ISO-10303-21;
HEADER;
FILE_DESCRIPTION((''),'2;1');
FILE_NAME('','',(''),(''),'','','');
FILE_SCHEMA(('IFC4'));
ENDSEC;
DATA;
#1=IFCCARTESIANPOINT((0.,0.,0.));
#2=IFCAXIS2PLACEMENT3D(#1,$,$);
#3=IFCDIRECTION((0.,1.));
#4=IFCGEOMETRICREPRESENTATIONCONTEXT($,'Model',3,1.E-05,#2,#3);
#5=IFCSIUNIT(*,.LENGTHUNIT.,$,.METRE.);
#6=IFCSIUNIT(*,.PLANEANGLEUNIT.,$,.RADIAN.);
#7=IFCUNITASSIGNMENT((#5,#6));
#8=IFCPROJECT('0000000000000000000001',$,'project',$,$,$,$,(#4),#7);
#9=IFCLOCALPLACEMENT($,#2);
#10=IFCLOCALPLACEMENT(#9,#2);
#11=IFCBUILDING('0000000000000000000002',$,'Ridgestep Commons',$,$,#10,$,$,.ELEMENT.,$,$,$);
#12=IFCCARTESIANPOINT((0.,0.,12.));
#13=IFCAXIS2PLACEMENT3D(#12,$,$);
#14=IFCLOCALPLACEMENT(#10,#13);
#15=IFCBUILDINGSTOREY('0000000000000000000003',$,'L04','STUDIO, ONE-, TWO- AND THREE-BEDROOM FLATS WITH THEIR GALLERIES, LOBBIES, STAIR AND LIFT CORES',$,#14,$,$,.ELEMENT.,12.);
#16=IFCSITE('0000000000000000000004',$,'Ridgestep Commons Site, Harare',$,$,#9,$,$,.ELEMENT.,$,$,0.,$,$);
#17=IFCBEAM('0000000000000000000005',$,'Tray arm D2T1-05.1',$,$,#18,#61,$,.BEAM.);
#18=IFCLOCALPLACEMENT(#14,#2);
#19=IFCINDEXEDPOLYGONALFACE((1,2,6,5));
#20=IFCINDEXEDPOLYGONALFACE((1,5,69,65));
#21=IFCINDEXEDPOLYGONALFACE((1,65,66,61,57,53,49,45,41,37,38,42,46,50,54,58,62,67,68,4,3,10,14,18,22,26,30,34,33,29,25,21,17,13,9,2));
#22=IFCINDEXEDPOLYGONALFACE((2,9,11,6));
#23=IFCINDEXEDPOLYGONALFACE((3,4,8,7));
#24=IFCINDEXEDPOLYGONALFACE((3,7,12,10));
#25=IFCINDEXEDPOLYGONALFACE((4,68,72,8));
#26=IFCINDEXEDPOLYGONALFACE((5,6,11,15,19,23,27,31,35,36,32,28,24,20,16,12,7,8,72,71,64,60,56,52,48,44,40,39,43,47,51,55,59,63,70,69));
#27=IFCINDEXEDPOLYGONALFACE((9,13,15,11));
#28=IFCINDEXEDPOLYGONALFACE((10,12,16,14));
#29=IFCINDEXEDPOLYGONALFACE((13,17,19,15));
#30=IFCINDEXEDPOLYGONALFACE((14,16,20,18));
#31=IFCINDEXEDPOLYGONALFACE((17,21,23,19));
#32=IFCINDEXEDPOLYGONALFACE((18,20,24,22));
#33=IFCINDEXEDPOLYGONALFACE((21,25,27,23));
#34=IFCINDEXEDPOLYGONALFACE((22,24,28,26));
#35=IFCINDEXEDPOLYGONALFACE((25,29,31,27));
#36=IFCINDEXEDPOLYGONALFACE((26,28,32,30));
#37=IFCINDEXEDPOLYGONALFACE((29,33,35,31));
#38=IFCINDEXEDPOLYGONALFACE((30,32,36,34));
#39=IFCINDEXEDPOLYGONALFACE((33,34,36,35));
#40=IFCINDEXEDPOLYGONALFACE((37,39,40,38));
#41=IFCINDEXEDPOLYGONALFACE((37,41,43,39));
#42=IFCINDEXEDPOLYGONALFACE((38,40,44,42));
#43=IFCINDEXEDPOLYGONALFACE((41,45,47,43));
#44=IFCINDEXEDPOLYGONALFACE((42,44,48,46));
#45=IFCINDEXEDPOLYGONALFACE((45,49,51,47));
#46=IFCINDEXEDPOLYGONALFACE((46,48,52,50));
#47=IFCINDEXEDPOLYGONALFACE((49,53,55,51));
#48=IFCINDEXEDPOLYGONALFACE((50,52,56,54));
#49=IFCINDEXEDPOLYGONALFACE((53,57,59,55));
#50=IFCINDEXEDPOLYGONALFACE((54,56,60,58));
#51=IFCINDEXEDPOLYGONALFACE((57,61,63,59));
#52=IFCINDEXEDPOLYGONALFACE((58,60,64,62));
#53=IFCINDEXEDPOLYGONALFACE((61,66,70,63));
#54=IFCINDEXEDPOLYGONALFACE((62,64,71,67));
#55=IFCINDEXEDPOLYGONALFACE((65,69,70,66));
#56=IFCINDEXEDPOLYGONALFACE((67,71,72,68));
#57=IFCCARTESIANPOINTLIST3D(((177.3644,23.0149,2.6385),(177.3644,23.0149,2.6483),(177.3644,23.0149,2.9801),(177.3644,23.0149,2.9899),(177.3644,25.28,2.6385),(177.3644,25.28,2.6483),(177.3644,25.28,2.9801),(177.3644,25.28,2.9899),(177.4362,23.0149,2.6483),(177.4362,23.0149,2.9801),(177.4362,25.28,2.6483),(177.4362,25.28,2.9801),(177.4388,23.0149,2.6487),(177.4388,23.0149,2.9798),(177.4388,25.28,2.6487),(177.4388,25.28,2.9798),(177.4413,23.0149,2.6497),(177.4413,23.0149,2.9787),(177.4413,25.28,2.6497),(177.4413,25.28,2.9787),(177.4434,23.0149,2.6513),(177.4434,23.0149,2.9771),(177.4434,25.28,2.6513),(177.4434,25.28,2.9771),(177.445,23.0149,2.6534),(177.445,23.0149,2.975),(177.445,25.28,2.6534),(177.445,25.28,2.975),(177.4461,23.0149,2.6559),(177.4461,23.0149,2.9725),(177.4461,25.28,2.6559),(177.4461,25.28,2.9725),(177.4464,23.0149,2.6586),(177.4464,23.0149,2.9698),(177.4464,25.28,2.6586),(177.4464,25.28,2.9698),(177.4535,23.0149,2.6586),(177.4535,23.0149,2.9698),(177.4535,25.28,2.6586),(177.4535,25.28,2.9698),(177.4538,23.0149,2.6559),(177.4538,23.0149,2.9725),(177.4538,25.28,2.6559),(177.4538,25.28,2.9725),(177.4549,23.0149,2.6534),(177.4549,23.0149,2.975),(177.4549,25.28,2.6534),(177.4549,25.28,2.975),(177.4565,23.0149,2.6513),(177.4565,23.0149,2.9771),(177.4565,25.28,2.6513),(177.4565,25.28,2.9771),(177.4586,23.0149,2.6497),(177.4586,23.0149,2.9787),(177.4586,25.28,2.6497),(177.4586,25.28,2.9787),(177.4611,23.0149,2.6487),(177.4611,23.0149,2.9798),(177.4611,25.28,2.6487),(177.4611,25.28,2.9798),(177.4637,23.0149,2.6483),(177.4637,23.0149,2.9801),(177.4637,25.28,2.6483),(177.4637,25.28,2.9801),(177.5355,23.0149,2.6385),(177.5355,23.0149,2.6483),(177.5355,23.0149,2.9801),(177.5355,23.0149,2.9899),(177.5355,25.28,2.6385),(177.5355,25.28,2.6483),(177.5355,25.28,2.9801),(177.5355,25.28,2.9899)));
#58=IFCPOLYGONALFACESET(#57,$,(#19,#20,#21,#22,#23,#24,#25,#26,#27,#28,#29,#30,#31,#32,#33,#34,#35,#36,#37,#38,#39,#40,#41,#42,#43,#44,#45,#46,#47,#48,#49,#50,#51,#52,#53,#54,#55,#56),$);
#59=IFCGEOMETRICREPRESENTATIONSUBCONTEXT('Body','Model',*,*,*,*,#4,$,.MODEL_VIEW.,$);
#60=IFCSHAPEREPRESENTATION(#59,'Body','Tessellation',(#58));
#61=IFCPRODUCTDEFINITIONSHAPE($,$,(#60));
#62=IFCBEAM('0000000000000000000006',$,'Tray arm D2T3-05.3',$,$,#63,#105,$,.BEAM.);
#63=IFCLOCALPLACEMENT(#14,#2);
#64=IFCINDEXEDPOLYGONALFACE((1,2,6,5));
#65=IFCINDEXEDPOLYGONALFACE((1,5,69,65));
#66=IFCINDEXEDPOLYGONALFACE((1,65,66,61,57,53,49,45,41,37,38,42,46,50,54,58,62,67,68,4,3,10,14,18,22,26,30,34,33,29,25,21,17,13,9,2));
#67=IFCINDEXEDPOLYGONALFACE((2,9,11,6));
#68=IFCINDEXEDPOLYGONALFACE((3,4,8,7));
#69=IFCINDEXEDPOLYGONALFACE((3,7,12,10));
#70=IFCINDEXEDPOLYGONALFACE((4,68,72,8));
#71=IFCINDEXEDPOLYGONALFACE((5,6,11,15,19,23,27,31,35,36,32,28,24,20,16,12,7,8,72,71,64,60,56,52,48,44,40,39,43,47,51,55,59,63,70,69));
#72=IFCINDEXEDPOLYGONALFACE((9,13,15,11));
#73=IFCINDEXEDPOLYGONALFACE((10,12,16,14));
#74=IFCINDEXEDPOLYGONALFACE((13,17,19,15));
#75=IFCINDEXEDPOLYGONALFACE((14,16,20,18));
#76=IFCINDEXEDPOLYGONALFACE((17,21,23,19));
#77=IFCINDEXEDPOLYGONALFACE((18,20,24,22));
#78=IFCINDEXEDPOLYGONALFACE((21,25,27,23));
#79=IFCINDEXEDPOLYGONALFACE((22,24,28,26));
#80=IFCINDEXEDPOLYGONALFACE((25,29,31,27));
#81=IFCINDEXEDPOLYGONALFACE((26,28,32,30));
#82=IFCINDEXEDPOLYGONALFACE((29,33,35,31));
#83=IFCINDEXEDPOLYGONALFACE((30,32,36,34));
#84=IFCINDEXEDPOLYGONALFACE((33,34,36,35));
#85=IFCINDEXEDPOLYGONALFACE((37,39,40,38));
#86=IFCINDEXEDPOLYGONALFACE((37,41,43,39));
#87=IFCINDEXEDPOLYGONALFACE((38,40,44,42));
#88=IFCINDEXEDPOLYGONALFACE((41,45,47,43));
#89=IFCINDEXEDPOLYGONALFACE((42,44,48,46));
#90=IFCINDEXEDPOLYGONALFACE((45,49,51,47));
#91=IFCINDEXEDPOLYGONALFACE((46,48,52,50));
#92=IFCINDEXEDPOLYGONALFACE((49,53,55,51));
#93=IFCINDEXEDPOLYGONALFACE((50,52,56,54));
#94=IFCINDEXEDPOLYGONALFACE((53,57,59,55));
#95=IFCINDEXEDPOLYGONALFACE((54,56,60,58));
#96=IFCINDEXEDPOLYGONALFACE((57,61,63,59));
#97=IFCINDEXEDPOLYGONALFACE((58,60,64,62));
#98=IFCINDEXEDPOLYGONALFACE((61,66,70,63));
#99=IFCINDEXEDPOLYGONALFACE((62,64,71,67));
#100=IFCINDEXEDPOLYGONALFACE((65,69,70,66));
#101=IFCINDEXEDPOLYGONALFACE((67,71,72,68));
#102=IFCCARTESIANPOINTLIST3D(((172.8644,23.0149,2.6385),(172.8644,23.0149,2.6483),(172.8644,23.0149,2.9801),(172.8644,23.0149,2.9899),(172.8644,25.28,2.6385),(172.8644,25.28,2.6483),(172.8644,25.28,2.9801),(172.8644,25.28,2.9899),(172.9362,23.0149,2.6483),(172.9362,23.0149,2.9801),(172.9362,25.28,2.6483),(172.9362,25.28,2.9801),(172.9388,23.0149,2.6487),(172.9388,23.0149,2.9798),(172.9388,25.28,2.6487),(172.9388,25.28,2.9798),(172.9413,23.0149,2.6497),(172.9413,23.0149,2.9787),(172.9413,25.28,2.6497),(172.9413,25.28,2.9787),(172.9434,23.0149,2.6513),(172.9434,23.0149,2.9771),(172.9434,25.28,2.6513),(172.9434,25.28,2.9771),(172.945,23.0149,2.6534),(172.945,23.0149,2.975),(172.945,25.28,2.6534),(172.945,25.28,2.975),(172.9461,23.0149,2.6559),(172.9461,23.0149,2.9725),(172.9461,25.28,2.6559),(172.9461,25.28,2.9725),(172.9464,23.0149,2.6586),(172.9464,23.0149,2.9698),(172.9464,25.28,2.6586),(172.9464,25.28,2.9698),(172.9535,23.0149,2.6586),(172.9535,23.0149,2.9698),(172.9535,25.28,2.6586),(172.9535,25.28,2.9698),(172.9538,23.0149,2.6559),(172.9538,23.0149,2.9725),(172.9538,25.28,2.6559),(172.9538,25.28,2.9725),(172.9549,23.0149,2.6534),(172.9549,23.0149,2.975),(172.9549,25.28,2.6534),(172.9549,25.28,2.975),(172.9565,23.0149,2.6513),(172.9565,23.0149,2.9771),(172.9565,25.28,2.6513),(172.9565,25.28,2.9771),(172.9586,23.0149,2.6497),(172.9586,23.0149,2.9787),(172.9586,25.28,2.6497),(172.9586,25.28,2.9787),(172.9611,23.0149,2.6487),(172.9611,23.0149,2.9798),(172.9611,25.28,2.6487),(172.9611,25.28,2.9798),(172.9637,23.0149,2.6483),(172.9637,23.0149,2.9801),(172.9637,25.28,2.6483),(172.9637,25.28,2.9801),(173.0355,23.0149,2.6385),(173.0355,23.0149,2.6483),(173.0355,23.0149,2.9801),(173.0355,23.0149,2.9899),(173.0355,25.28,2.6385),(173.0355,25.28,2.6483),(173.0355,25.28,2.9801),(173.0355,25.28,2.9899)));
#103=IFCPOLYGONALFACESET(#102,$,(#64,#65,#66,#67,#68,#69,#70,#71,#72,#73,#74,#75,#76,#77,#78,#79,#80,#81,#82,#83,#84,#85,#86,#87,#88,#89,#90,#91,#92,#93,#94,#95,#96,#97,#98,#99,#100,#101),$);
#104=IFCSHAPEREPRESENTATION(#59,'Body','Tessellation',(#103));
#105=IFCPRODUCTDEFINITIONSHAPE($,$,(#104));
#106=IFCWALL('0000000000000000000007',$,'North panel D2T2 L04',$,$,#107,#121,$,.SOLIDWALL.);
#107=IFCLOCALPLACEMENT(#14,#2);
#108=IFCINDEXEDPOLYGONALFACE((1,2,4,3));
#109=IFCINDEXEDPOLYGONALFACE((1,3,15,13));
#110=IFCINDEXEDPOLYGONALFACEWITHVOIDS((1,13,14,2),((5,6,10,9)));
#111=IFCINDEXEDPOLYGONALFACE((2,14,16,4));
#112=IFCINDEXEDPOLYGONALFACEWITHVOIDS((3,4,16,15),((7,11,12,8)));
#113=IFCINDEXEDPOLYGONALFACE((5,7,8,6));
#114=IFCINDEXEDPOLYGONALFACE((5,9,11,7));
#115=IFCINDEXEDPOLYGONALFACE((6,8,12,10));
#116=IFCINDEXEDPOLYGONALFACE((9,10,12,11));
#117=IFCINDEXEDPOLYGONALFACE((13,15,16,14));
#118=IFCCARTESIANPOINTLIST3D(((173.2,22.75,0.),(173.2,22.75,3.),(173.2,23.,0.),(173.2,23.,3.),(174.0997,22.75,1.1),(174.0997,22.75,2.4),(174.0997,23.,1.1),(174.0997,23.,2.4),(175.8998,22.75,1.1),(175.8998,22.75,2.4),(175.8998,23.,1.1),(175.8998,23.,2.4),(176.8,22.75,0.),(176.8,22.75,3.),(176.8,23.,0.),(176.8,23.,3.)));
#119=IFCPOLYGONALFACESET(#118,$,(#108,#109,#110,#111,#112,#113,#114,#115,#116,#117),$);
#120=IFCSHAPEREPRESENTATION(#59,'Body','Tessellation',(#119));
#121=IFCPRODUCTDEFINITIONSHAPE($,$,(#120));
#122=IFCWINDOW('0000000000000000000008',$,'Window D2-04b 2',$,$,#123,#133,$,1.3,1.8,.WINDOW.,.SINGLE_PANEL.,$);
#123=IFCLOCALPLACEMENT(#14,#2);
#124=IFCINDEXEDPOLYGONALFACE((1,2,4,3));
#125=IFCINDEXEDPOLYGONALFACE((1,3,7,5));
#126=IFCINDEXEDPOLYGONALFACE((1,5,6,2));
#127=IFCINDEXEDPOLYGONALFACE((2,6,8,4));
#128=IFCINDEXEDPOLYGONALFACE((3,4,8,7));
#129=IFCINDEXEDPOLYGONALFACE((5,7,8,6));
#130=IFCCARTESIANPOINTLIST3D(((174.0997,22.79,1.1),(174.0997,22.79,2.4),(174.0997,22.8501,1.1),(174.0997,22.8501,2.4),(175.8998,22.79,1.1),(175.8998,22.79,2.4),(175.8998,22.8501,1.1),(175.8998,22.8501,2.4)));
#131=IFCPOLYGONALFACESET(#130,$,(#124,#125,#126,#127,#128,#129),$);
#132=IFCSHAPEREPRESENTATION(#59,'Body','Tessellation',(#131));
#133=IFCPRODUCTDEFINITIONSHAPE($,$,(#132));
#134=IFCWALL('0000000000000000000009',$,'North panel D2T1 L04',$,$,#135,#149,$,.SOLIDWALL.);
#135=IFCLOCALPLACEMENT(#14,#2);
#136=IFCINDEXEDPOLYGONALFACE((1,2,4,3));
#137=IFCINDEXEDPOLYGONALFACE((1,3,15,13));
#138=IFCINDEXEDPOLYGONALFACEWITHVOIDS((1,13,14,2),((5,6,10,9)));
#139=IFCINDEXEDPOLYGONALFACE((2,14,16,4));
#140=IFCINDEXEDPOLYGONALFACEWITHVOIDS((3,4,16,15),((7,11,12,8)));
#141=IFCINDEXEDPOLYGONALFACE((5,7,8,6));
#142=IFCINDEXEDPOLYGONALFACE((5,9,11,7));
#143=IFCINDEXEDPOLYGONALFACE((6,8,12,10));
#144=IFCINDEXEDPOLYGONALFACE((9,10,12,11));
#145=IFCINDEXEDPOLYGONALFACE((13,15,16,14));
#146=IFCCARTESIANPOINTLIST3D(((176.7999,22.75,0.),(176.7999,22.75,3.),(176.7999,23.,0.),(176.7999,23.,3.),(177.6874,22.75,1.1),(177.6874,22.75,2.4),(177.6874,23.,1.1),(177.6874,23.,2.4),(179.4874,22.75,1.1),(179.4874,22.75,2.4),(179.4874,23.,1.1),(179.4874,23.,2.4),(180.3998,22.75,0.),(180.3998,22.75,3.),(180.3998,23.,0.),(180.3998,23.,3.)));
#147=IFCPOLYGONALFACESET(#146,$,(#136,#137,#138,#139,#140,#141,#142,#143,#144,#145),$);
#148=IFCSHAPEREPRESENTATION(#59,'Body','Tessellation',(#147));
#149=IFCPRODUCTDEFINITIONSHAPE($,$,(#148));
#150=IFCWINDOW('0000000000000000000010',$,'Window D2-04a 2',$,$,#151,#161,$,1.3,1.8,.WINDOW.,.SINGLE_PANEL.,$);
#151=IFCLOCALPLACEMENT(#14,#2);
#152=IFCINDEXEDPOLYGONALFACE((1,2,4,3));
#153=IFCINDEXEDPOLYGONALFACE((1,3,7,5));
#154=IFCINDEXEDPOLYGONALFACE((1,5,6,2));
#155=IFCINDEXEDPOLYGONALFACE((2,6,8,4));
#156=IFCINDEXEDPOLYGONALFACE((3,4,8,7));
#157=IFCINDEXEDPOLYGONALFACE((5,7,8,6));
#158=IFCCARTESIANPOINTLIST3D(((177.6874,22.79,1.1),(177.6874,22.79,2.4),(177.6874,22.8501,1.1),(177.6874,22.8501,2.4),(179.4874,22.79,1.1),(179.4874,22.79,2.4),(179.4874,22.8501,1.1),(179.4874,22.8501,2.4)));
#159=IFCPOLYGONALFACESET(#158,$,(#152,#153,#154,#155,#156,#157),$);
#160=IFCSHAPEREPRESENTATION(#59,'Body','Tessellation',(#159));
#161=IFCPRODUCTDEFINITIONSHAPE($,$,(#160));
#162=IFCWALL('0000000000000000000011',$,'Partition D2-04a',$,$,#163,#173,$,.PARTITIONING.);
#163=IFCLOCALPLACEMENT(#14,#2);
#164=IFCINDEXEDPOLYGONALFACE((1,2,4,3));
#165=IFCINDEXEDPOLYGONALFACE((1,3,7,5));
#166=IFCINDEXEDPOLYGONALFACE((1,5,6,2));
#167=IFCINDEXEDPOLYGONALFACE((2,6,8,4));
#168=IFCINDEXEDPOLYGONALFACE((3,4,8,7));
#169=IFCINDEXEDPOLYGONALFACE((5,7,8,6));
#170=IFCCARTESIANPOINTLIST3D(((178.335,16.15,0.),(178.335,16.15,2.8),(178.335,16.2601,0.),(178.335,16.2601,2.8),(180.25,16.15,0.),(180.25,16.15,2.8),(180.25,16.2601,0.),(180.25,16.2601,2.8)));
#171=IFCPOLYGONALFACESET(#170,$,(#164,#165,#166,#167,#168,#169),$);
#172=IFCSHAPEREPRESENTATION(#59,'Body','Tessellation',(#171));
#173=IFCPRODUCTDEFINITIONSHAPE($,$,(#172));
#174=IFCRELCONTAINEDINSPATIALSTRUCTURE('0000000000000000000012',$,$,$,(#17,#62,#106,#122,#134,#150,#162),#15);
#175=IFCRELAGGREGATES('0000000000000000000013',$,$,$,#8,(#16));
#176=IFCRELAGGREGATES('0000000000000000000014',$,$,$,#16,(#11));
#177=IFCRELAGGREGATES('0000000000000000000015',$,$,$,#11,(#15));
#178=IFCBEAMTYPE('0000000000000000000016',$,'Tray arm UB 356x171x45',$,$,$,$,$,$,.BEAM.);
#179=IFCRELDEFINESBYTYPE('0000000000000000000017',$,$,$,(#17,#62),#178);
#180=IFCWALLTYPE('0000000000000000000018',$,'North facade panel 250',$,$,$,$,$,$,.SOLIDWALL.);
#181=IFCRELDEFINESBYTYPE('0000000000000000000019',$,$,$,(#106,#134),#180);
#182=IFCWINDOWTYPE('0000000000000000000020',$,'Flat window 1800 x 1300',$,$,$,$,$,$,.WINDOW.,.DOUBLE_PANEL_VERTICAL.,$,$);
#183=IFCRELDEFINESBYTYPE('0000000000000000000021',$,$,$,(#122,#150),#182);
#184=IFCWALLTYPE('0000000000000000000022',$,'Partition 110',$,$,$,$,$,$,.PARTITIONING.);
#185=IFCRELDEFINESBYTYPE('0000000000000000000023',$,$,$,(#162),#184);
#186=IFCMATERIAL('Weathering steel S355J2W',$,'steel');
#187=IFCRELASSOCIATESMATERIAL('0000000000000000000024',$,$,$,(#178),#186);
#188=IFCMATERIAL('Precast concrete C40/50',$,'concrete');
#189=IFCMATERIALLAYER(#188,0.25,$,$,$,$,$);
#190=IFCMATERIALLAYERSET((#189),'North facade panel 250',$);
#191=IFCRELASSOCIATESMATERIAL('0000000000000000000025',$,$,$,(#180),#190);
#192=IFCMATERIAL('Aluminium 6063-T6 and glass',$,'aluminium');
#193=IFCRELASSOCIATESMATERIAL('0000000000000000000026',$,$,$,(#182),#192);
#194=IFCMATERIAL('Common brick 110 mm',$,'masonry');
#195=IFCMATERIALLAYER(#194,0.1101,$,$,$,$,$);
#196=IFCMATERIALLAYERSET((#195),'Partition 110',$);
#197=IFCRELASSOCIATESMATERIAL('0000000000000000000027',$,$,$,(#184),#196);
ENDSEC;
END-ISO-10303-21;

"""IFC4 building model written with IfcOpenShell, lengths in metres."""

from ifc_helpers import new_model, si_unit, direction, frame, frame_2d, origin, origin_2d, place, context, subcontext, project, spatial, rectangle, i_section, extrude, material, layer, layer_set, material_profile, profile_set, type_object, element, fill, save


model = new_model("IFC4")

# Units and contexts
model_context = context("Model", 3, precision=1e-05, world=origin(), true_north=direction((0.0, 1.0)))
body_context = subcontext(model_context, "Body", "Model", "MODEL_VIEW")
ifc_project = project(units=[si_unit("LENGTHUNIT", "METRE"), si_unit("PLANEANGLEUNIT", "RADIAN")], contexts=[model_context])

# Site, building, storey
site_placement = place(None, origin())
site = spatial("IfcSite", under=ifc_project, at=site_placement, Name="Ridgestep Commons Site, Harare", CompositionType="ELEMENT", RefElevation=0.0)
building_placement = place(site_placement, origin())
building = spatial("IfcBuilding", under=site, at=building_placement, Name="Ridgestep Commons", CompositionType="ELEMENT")
storey_placement = place(building_placement, frame((0.0, 0.0, 12.0)))
storey = spatial("IfcBuildingStorey", under=building, at=storey_placement, Name="L04", Description="STUDIO, ONE-, TWO- AND THREE-BEDROOM FLATS WITH THEIR GALLERIES, LOBBIES, STAIR AND LIFT CORES", CompositionType="ELEMENT", Elevation=12.0)

# Beams
ifc_material_1 = material(Name="Weathering steel S355J2W", Category="steel")
ifc_material_profile = material_profile(ifc_material_1, i_section(OverallWidth=0.1711, OverallDepth=0.3513, WebThickness=0.0071, FlangeThickness=0.0098, FilletRadius=0.0103, at=origin_2d()), Name="UB 356x171x45")
ifc_profile_set = profile_set([ifc_material_profile], Name="Weathering steel S355J2W")
beam_type = type_object("IfcBeamType", Name="Tray arm UB 356x171x45", PredefinedType="BEAM", material=ifc_profile_set)
for number, where, z_axis, x_axis, name in (
    (1, (177.45, 23.0149, 2.8142), (0.0, 1.0, 0.0), (-1.0, 0.0, 0.0), "Tray arm D2T1-05.1"),
    (2, (172.95, 23.0149, 2.8142), (0.0, 1.0, 0.0), (-1.0, 0.0, 0.0), "Tray arm D2T3-05.3"),
):
    element("IfcBeam", number, at=place(storey_placement, frame(where, z_axis=z_axis, x_axis=x_axis)), inside=storey, type_object=beam_type, Name=name, PredefinedType="BEAM", context=body_context, shape_type="SweptSolid", body=[
        extrude(i_section(OverallWidth=0.1711, OverallDepth=0.3513, WebThickness=0.0071, FlangeThickness=0.0098, FilletRadius=0.0103, at=origin_2d()), origin(), (0.0, 0.0, 1.0), 2.2651),
    ])

# Walls, openings, windows
ifc_material_2 = material(Name="Precast concrete C40/50", Category="concrete")
ifc_layer_1 = layer(ifc_material_2, 0.25)
ifc_layer_set_1 = layer_set([ifc_layer_1], Name="North facade panel 250")
wall_type_1 = type_object("IfcWallType", Name="North facade panel 250", PredefinedType="SOLIDWALL", material=ifc_layer_set_1)
wall_1_placement = place(storey_placement, frame((173.2, 22.875, 0.0), z_axis=(0.0, 0.0, 1.0), x_axis=(1.0, 0.0, 0.0)))
wall_1 = element("IfcWall", 3, at=wall_1_placement, inside=storey, type_object=wall_type_1, Name="North panel D2T2 L04", PredefinedType="SOLIDWALL", context=body_context, shape_type="SweptSolid", body=[
    extrude(rectangle(XDim=3.6001, YDim=0.25, at=frame_2d((1.8, 0.0))), origin(), (0.0, 0.0, 1.0), 3.0),
])
opening_1_placement = place(wall_1_placement, frame((0.8999, 0.0, 1.1001)))
opening_1 = element("IfcOpeningElement", 4, at=opening_1_placement, cuts=wall_1, PredefinedType="OPENING", context=body_context, shape_type="SweptSolid", body=[
    extrude(rectangle(XDim=1.8, YDim=1.3, at=frame_2d((0.8999, 0.6499))), frame((0.0, 0.135, 0.0), z_axis=(0.0, -1.0, 0.0), x_axis=(1.0, 0.0, 0.0)), (0.0, 0.0, 1.0), 0.27),
])
ifc_material_3 = material(Name="Aluminium 6063-T6 and glass", Category="aluminium")
window_type = type_object("IfcWindowType", Name="Flat window 1800 x 1300", PartitioningType="DOUBLE_PANEL_VERTICAL", PredefinedType="WINDOW", material=ifc_material_3)
window_1_placement = place(opening_1_placement, origin())
window_1 = element("IfcWindow", 5, at=window_1_placement, inside=storey, type_object=window_type, Name="Window D2-04b 2", OverallHeight=1.3, OverallWidth=1.8, PartitioningType="SINGLE_PANEL", PredefinedType="WINDOW", context=body_context, shape_type="SweptSolid", body=[
    extrude(rectangle(XDim=1.8, YDim=1.3, at=frame_2d((0.8999, 0.6499))), frame((0.0, -0.0249, 0.0), z_axis=(0.0, -1.0, 0.0), x_axis=(1.0, 0.0, 0.0)), (0.0, 0.0, 1.0), 0.0601),
])
fill(opening_1, window_1)
wall_2_placement = place(storey_placement, frame((176.8, 22.875, 0.0), z_axis=(0.0, 0.0, 1.0), x_axis=(1.0, 0.0, 0.0)))
wall_2 = element("IfcWall", 6, at=wall_2_placement, inside=storey, type_object=wall_type_1, Name="North panel D2T1 L04", PredefinedType="SOLIDWALL", context=body_context, shape_type="SweptSolid", body=[
    extrude(rectangle(XDim=3.5999, YDim=0.25, at=frame_2d((1.7998, 0.0))), origin(), (0.0, 0.0, 1.0), 3.0),
])
opening_2_placement = place(wall_2_placement, frame((0.8875, 0.0, 1.1001)))
opening_2 = element("IfcOpeningElement", 7, at=opening_2_placement, cuts=wall_2, PredefinedType="OPENING", context=body_context, shape_type="SweptSolid", body=[
    extrude(rectangle(XDim=1.8, YDim=1.3, at=frame_2d((0.8999, 0.6499))), frame((0.0, 0.135, 0.0), z_axis=(0.0, -1.0, 0.0), x_axis=(1.0, 0.0, 0.0)), (0.0, 0.0, 1.0), 0.27),
])
window_2_placement = place(opening_2_placement, origin())
window_2 = element("IfcWindow", 8, at=window_2_placement, inside=storey, type_object=window_type, Name="Window D2-04a 2", OverallHeight=1.3, OverallWidth=1.8, PartitioningType="SINGLE_PANEL", PredefinedType="WINDOW", context=body_context, shape_type="SweptSolid", body=[
    extrude(rectangle(XDim=1.8, YDim=1.3, at=frame_2d((0.8999, 0.6499))), frame((0.0, -0.0249, 0.0), z_axis=(0.0, -1.0, 0.0), x_axis=(1.0, 0.0, 0.0)), (0.0, 0.0, 1.0), 0.0601),
])
fill(opening_2, window_2)

# Wall
ifc_material_4 = material(Name="Common brick 110 mm", Category="masonry")
ifc_layer_2 = layer(ifc_material_4, 0.1101)
ifc_layer_set_2 = layer_set([ifc_layer_2], Name="Partition 110")
wall_type_2 = type_object("IfcWallType", Name="Partition 110", PredefinedType="PARTITIONING", material=ifc_layer_set_2)
wall_3_placement = place(storey_placement, frame((178.335, 16.2051, 0.0), z_axis=(0.0, 0.0, 1.0), x_axis=(1.0, 0.0, 0.0)))
element("IfcWall", 9, at=wall_3_placement, inside=storey, type_object=wall_type_2, Name="Partition D2-04a", PredefinedType="PARTITIONING", context=body_context, shape_type="SweptSolid", body=[
    extrude(rectangle(XDim=1.915, YDim=0.1101, at=frame_2d((0.9575, 0.0))), origin(), (0.0, 0.0, 1.0), 2.8),
])

save(model, "model.ifc")
